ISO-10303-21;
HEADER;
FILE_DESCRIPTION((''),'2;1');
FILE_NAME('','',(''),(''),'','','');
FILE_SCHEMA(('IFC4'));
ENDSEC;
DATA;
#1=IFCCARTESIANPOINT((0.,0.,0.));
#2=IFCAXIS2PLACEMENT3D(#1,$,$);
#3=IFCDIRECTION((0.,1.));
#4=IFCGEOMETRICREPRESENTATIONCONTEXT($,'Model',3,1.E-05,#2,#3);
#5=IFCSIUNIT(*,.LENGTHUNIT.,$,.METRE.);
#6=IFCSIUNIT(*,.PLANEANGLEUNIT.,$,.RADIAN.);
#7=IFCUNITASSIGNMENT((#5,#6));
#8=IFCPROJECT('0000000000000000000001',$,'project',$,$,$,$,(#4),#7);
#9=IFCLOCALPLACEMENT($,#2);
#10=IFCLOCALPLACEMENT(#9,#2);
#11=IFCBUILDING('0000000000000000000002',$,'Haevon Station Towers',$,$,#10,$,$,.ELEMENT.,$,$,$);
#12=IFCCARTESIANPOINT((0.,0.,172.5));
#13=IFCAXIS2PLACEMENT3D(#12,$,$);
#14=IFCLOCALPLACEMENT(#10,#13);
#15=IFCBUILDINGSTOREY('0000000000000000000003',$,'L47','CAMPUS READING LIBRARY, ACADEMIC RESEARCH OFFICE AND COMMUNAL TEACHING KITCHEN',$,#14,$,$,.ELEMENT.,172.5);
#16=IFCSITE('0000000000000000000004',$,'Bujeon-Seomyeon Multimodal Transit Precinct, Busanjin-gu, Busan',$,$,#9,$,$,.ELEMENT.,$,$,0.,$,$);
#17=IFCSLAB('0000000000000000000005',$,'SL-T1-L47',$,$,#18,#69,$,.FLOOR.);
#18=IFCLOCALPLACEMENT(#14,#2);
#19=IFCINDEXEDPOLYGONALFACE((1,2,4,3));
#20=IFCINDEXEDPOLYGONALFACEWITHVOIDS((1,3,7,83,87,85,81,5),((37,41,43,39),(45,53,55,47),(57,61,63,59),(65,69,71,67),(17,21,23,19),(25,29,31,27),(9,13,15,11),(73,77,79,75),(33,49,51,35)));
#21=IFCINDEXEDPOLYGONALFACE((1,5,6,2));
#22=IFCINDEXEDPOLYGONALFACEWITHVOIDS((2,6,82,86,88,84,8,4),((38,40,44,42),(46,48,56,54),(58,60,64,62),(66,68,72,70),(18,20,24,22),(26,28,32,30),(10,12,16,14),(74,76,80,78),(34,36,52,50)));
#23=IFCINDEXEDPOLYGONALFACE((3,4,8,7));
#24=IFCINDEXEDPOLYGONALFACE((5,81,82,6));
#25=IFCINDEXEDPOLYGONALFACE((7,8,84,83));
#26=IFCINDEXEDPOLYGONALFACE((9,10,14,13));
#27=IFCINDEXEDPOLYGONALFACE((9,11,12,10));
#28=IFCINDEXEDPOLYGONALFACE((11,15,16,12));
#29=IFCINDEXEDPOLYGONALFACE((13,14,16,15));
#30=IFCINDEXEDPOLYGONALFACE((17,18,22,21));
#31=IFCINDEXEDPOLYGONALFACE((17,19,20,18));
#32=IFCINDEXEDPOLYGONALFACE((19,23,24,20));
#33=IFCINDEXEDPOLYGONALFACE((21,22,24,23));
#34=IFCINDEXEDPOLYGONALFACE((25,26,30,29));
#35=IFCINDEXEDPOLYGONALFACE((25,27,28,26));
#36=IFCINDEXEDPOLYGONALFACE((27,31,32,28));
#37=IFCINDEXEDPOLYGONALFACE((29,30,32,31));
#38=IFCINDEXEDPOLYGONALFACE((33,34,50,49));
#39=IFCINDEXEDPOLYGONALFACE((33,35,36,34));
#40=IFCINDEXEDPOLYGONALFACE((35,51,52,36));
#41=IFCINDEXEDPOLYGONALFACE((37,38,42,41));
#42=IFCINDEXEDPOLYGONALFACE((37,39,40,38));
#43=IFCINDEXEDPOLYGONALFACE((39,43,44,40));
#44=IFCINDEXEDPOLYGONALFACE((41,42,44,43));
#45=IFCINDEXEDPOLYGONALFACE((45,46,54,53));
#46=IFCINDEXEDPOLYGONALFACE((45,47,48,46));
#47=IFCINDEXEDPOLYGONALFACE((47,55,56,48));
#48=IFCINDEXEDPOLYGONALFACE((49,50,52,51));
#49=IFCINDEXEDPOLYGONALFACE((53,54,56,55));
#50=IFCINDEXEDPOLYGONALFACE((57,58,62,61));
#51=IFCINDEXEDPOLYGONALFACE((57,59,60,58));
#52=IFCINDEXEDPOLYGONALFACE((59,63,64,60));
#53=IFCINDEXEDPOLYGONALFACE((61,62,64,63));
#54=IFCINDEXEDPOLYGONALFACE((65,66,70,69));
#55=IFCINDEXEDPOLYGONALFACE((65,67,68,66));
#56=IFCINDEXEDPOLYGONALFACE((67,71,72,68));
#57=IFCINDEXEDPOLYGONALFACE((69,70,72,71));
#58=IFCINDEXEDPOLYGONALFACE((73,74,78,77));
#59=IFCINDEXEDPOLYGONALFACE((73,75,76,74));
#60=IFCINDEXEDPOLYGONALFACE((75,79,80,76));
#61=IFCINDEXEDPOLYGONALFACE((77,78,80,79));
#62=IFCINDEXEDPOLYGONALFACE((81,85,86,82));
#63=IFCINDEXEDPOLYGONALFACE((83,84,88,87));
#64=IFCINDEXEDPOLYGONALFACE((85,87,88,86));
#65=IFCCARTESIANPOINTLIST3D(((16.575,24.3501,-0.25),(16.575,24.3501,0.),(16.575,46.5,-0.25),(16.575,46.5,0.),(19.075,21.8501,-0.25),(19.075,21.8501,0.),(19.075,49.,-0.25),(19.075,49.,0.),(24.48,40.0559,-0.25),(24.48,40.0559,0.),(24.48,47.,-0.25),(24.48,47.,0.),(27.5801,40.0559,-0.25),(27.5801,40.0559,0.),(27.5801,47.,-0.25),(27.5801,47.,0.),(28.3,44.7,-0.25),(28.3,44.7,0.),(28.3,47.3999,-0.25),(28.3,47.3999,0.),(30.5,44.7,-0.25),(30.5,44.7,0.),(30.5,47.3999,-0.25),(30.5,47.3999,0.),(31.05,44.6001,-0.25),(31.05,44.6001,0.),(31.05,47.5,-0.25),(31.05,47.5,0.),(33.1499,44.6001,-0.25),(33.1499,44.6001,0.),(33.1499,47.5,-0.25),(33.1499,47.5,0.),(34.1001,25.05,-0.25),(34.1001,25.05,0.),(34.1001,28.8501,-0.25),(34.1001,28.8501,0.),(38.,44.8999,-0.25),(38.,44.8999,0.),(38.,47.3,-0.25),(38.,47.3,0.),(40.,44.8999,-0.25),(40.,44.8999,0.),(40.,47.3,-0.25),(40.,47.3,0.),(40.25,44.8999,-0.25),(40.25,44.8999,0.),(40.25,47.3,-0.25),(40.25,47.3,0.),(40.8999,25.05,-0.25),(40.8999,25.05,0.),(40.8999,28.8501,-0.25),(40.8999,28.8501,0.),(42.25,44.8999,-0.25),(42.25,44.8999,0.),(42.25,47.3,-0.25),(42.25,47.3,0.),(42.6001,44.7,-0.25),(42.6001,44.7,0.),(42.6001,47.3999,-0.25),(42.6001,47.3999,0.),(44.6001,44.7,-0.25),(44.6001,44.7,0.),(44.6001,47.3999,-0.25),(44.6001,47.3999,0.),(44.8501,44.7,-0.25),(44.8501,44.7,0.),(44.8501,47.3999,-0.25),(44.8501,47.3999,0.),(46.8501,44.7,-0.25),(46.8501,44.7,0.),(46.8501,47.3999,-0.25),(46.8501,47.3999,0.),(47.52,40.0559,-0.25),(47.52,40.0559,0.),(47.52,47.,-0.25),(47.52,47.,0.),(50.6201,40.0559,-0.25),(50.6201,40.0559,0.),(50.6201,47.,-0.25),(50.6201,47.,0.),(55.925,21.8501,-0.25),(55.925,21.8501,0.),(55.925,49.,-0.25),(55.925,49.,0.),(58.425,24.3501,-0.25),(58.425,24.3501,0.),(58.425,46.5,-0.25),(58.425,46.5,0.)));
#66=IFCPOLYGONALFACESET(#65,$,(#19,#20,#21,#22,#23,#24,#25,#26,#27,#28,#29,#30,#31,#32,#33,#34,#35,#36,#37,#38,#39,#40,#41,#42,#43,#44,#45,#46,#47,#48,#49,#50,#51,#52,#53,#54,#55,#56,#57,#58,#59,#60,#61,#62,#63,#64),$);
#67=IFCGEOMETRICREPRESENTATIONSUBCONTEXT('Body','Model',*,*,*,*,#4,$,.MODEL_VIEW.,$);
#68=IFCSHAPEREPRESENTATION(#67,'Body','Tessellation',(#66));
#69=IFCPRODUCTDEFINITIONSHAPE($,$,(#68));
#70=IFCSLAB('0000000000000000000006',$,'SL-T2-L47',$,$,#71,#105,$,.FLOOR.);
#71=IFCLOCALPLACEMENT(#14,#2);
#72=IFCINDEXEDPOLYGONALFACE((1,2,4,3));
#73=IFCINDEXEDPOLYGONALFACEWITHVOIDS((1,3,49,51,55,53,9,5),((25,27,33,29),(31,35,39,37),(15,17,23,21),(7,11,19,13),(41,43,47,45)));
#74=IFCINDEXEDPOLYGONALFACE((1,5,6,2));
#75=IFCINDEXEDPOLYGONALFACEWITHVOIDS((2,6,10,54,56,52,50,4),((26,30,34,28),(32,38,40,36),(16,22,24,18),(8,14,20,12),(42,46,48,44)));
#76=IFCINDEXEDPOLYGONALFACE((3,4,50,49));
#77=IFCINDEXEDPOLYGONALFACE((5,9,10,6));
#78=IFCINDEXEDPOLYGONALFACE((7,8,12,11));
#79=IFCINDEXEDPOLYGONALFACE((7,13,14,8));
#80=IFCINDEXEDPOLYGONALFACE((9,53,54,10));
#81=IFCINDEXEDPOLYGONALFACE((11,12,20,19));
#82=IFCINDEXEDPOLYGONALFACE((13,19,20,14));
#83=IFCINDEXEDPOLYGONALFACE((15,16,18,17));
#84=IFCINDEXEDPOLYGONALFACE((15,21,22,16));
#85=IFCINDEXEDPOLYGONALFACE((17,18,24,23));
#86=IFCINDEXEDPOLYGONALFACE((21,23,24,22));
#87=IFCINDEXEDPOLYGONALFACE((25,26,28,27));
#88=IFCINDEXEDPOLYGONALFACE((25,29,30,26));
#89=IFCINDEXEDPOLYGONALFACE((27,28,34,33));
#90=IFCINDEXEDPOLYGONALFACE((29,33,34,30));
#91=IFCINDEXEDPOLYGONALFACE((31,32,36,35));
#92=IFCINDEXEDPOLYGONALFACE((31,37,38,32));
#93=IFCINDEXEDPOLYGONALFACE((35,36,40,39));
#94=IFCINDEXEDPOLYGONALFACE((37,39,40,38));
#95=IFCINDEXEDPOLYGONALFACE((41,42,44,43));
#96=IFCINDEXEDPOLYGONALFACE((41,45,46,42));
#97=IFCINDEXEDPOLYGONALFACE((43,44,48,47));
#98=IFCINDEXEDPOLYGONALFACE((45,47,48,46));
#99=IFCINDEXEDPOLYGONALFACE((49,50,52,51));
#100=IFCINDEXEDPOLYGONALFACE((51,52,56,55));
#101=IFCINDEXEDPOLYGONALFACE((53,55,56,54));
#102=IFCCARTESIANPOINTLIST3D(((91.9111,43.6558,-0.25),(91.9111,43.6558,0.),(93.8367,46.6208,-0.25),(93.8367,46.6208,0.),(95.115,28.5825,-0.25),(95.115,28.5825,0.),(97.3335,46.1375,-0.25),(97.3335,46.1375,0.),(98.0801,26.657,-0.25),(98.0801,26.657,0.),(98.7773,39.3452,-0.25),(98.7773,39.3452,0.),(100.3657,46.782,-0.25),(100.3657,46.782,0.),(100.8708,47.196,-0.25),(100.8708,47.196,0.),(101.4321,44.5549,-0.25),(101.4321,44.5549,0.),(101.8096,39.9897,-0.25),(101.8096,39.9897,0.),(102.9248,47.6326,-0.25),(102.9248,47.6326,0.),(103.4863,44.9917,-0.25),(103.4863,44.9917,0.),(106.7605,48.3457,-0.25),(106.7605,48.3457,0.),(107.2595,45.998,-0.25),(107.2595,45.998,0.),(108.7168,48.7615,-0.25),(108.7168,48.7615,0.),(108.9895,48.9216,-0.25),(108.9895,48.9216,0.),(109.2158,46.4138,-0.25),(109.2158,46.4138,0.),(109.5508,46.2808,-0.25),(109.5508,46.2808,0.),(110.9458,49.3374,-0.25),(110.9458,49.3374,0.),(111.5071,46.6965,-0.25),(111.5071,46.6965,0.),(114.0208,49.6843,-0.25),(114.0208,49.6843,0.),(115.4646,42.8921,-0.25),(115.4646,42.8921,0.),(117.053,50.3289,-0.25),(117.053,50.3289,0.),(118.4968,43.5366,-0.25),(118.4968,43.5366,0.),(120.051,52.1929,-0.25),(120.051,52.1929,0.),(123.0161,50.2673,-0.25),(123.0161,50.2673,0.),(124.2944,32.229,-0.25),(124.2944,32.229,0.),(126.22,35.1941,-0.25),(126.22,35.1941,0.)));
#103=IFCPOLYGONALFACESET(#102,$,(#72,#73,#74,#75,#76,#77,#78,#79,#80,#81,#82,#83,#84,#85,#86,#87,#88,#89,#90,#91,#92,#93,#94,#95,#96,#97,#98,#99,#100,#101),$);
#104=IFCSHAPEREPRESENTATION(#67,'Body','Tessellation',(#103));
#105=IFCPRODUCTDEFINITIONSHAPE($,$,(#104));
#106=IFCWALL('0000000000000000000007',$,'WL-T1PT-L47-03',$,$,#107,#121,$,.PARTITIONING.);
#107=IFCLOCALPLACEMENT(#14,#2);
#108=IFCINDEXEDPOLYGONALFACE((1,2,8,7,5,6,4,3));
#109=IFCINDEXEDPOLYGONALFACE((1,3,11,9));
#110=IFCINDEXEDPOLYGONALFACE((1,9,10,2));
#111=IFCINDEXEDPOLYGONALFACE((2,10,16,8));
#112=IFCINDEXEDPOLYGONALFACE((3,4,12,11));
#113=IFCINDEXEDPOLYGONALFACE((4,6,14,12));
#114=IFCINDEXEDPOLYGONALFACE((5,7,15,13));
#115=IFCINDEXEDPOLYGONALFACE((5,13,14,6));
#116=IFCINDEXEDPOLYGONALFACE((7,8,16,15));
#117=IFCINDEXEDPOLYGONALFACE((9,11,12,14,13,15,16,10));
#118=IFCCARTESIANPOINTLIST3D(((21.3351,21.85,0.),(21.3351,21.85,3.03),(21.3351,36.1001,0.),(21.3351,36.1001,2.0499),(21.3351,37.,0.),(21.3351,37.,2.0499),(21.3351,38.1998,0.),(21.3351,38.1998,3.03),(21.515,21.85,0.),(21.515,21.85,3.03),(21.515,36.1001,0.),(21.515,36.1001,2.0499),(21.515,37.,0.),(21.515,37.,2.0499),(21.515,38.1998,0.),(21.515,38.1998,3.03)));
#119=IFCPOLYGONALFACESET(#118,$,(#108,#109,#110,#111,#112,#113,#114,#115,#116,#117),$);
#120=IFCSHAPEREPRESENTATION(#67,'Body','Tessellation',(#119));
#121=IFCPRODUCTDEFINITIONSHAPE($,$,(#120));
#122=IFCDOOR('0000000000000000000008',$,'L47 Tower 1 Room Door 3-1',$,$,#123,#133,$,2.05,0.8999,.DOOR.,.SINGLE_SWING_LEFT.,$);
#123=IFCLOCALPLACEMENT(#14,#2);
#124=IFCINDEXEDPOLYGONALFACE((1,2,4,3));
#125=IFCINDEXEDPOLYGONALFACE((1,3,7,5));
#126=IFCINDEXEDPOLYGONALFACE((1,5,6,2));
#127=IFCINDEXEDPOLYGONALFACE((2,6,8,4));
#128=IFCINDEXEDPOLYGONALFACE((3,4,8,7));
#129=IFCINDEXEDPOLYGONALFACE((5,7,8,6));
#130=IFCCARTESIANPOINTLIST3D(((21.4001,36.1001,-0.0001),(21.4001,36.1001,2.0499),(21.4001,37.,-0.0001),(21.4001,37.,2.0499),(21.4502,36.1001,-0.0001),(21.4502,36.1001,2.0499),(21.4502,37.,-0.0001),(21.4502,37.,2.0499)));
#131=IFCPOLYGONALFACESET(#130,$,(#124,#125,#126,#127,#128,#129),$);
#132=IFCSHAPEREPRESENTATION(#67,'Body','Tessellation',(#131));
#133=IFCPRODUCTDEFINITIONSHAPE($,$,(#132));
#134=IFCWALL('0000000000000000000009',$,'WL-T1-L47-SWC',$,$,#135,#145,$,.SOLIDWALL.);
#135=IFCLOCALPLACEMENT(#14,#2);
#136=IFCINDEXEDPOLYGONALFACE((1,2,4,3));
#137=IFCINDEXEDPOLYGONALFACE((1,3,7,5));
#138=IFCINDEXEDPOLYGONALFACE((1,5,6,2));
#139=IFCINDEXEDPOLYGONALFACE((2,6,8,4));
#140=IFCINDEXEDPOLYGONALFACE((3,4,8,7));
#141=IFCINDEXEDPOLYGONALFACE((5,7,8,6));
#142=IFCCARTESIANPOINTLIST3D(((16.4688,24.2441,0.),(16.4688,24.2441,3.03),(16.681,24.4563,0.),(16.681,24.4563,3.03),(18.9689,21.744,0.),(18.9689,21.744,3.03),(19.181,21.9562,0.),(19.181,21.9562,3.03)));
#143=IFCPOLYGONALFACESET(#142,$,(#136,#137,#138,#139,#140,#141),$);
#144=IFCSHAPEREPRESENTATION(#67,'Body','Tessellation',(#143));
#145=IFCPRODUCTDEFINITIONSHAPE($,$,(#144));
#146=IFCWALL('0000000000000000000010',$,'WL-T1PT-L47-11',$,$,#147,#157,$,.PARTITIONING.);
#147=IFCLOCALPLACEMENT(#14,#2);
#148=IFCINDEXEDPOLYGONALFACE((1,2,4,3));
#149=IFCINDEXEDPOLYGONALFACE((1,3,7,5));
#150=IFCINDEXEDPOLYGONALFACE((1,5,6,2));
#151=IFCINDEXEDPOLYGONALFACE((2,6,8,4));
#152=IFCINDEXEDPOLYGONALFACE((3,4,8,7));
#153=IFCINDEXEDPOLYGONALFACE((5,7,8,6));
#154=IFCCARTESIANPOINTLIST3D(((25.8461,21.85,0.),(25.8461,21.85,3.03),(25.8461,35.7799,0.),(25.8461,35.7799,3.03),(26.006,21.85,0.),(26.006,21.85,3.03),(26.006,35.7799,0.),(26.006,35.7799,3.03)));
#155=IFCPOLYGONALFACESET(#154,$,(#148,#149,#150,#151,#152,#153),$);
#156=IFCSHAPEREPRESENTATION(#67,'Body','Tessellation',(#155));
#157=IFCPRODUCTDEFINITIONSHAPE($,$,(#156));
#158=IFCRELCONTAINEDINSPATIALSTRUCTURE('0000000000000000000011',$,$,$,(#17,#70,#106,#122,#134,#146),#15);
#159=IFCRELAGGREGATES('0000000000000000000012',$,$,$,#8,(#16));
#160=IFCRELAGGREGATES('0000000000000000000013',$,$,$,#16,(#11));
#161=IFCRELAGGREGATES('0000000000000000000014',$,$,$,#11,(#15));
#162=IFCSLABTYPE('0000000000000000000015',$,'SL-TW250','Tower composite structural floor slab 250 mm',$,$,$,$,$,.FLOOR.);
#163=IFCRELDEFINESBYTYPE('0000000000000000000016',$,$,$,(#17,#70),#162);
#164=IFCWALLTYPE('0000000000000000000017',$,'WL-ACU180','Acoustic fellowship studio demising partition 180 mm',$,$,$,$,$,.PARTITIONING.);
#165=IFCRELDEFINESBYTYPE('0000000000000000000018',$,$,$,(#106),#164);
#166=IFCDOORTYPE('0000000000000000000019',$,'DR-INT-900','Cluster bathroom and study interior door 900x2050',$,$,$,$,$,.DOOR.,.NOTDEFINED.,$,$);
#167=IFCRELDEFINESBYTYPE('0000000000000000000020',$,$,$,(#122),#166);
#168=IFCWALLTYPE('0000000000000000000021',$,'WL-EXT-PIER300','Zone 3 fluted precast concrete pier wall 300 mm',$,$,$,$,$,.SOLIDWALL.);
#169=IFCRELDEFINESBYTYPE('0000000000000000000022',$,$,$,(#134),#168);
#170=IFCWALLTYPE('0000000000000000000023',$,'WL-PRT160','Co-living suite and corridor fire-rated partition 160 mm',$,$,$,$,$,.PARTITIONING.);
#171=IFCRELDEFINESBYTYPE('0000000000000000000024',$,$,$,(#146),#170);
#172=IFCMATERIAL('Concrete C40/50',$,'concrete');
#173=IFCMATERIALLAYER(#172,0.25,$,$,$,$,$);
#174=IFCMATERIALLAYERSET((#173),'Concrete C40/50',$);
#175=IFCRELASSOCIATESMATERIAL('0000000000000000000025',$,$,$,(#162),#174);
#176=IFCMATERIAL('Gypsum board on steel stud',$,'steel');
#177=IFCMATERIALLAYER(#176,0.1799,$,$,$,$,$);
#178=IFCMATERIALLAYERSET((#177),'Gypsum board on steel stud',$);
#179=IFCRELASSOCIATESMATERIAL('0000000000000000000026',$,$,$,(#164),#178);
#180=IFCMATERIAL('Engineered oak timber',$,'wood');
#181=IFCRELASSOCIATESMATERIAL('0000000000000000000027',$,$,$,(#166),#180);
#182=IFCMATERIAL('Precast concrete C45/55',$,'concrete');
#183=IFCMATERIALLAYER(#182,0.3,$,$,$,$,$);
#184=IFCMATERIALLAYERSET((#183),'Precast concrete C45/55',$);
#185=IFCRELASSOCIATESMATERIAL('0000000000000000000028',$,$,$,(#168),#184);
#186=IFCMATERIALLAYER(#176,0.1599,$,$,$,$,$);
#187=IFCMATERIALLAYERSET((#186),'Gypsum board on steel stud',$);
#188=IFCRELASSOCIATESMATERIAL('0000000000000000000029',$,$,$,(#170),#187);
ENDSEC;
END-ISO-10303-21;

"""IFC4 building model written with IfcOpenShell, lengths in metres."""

from ifc_helpers import new_model, si_unit, direction, frame, frame_2d, origin, place, context, subcontext, project, spatial, polyline, rectangle, outline, extrude, material, layer, layer_set, type_object, element, fill, save


model = new_model("IFC4")

# Units and contexts
model_context = context("Model", 3, precision=1e-05, world=origin(), true_north=direction((0.0, 1.0)))
body_context = subcontext(model_context, "Body", "Model", "MODEL_VIEW")
ifc_project = project(units=[si_unit("LENGTHUNIT", "METRE"), si_unit("PLANEANGLEUNIT", "RADIAN")], contexts=[model_context])

# Site, building, storey
site_placement = place(None, origin())
site = spatial("IfcSite", under=ifc_project, at=site_placement, Name="Bujeon-Seomyeon Multimodal Transit Precinct, Busanjin-gu, Busan", CompositionType="ELEMENT", RefElevation=0.0)
building_placement = place(site_placement, origin())
building = spatial("IfcBuilding", under=site, at=building_placement, Name="Haevon Station Towers", CompositionType="ELEMENT")
storey_placement = place(building_placement, frame((0.0, 0.0, 172.5)))
storey = spatial("IfcBuildingStorey", under=building, at=storey_placement, Name="L47", Description="CAMPUS READING LIBRARY, ACADEMIC RESEARCH OFFICE AND COMMUNAL TEACHING KITCHEN", CompositionType="ELEMENT", Elevation=172.5)

# Shared definitions
ifc_material_1 = material(Name="Concrete C40/50", Category="concrete")

# Slabs
ifc_layer_1 = layer(ifc_material_1, 0.25)
ifc_layer_set_1 = layer_set([ifc_layer_1], Name="Concrete C40/50")
slab_type_1 = type_object("IfcSlabType", Name="SL-TW250", Description="Tower composite structural floor slab 250 mm", PredefinedType="FLOOR", material=ifc_layer_set_1)
slab_1_placement = place(storey_placement, frame((0.0, 0.0, -0.25)))
element("IfcSlab", 1, at=slab_1_placement, inside=storey, type_object=slab_type_1, Name="SL-T1-L47", PredefinedType="FLOOR", context=body_context, shape_type="SweptSolid", body=[
    extrude(outline(polyline([(19.075, 21.8501), (55.925, 21.8501), (58.425, 24.3501), (58.425, 46.5), (55.925, 49.0), (19.075, 49.0), (16.575, 46.5), (16.575, 24.3501), (19.075, 21.8501)]), holes=[polyline([(27.5801, 40.0559), (27.5801, 47.0), (24.48, 47.0), (24.48, 40.0559), (27.5801, 40.0559)]), polyline([(50.6201, 40.0559), (50.6201, 47.0), (47.52, 47.0), (47.52, 40.0559), (50.6201, 40.0559)]), polyline([(28.3, 44.7), (30.5, 44.7), (30.5, 47.3999), (28.3, 47.3999), (28.3, 44.7)]), polyline([(31.05, 44.6001), (33.1499, 44.6001), (33.1499, 47.5), (31.05, 47.5), (31.05, 44.6001)]), polyline([(38.0, 44.8999), (40.0, 44.8999), (40.0, 47.3), (38.0, 47.3), (38.0, 44.8999)]), polyline([(40.25, 44.8999), (42.25, 44.8999), (42.25, 47.3), (40.25, 47.3), (40.25, 44.8999)]), polyline([(42.6001, 44.7), (44.6001, 44.7), (44.6001, 47.3999), (42.6001, 47.3999), (42.6001, 44.7)]), polyline([(44.8501, 44.7), (46.8501, 44.7), (46.8501, 47.3999), (44.8501, 47.3999), (44.8501, 44.7)]), polyline([(34.1001, 25.05), (40.8999, 25.05), (40.8999, 28.8501), (34.1001, 28.8501), (34.1001, 25.05)])]), origin(), (0.0, 0.0, 1.0), 0.25),
])
slab_2_placement = place(storey_placement, frame((0.0, 0.0, -0.25)))
element("IfcSlab", 2, at=slab_2_placement, inside=storey, type_object=slab_type_1, Name="SL-T2-L47", PredefinedType="FLOOR", context=body_context, shape_type="SweptSolid", body=[
    extrude(outline(polyline([(98.0801, 26.657), (124.2944, 32.229), (126.22, 35.1941), (123.0161, 50.2673), (120.051, 52.1929), (93.8367, 46.6208), (91.9111, 43.6558), (95.115, 28.5825), (98.0801, 26.657)]), holes=[polyline([(101.8096, 39.9897), (100.3657, 46.782), (97.3335, 46.1375), (98.7773, 39.3452), (101.8096, 39.9897)]), polyline([(118.4968, 43.5366), (117.053, 50.3289), (114.0208, 49.6843), (115.4646, 42.8921), (118.4968, 43.5366)]), polyline([(101.4321, 44.5549), (103.4863, 44.9917), (102.9248, 47.6326), (100.8708, 47.196), (101.4321, 44.5549)]), polyline([(107.2595, 45.998), (109.2158, 46.4138), (108.7168, 48.7615), (106.7605, 48.3457), (107.2595, 45.998)]), polyline([(109.5508, 46.2808), (111.5071, 46.6965), (110.9458, 49.3374), (108.9895, 48.9216), (109.5508, 46.2808)])]), origin(), (0.0, 0.0, 1.0), 0.25),
])

# Wall, opening, door
ifc_material_2 = material(Name="Gypsum board on steel stud", Category="steel")
ifc_layer_2 = layer(ifc_material_2, 0.1799)
ifc_layer_set_2 = layer_set([ifc_layer_2], Name="Gypsum board on steel stud")
wall_type_1 = type_object("IfcWallType", Name="WL-ACU180", Description="Acoustic fellowship studio demising partition 180 mm", PredefinedType="PARTITIONING", material=ifc_layer_set_2)
wall_1_placement = place(storey_placement, frame((21.425, 21.8501, 0.0), z_axis=(0.0, 0.0, 1.0), x_axis=(0.0, 1.0, 0.0)))
wall_1 = element("IfcWall", 3, at=wall_1_placement, inside=storey, type_object=wall_type_1, Name="WL-T1PT-L47-03", PredefinedType="PARTITIONING", context=body_context, shape_type="SweptSolid", body=[
    extrude(rectangle(XDim=16.3499, YDim=0.1799, at=frame_2d((8.1748, 0.0))), origin(), (0.0, 0.0, 1.0), 3.03),
])
opening_placement = place(wall_1_placement, frame((14.25, 0.0, 0.0)))
opening = element("IfcOpeningElement", 4, at=opening_placement, cuts=wall_1, PredefinedType="OPENING", context=body_context, shape_type="SweptSolid", body=[
    extrude(rectangle(XDim=0.8999, YDim=2.05, at=frame_2d((0.45, 1.0249))), frame((0.0, 0.0999, 0.0), z_axis=(0.0, -1.0, 0.0), x_axis=(1.0, 0.0, 0.0)), (0.0, 0.0, 1.0), 0.2),
])
ifc_material_3 = material(Name="Engineered oak timber", Category="wood")
door_type = type_object("IfcDoorType", Name="DR-INT-900", Description="Cluster bathroom and study interior door 900x2050", OperationType="NOTDEFINED", PredefinedType="DOOR", material=ifc_material_3)
door_placement = place(opening_placement, origin())
door = element("IfcDoor", 5, at=door_placement, inside=storey, type_object=door_type, Name="L47 Tower 1 Room Door 3-1", OperationType="SINGLE_SWING_LEFT", OverallHeight=2.05, OverallWidth=0.8999, PredefinedType="DOOR", context=body_context, shape_type="SweptSolid", body=[
    extrude(rectangle(XDim=0.8999, YDim=2.05, at=frame_2d((0.45, 1.0249))), frame((0.0, 0.0249, 0.0), z_axis=(0.0, -1.0, 0.0), x_axis=(1.0, 0.0, 0.0)), (0.0, 0.0, 1.0), 0.05),
])
fill(opening, door)

# Walls
ifc_material_4 = material(Name="Precast concrete C45/55", Category="concrete")
ifc_layer_3 = layer(ifc_material_4, 0.3)
ifc_layer_set_3 = layer_set([ifc_layer_3], Name="Precast concrete C45/55")
wall_type_2 = type_object("IfcWallType", Name="WL-EXT-PIER300", Description="Zone 3 fluted precast concrete pier wall 300 mm", PredefinedType="SOLIDWALL", material=ifc_layer_set_3)
wall_2_placement = place(storey_placement, frame((19.075, 21.8501, 0.0), z_axis=(0.0, 0.0, 1.0), x_axis=(-0.707107, 0.707107, 0.0)))
element("IfcWall", 6, at=wall_2_placement, inside=storey, type_object=wall_type_2, Name="WL-T1-L47-SWC", PredefinedType="SOLIDWALL", context=body_context, shape_type="SweptSolid", body=[
    extrude(rectangle(XDim=3.5356, YDim=0.3, at=frame_2d((1.7678, 0.0))), origin(), (0.0, 0.0, 1.0), 3.03),
])
ifc_layer_4 = layer(ifc_material_2, 0.1599)
ifc_layer_set_4 = layer_set([ifc_layer_4], Name="Gypsum board on steel stud")
wall_type_3 = type_object("IfcWallType", Name="WL-PRT160", Description="Co-living suite and corridor fire-rated partition 160 mm", PredefinedType="PARTITIONING", material=ifc_layer_set_4)
wall_3_placement = place(storey_placement, frame((25.926, 21.8501, 0.0), z_axis=(0.0, 0.0, 1.0), x_axis=(0.0, 1.0, 0.0)))
element("IfcWall", 7, at=wall_3_placement, inside=storey, type_object=wall_type_3, Name="WL-T1PT-L47-11", PredefinedType="PARTITIONING", context=body_context, shape_type="SweptSolid", body=[
    extrude(rectangle(XDim=13.9299, YDim=0.1599, at=frame_2d((6.9648, 0.0))), origin(), (0.0, 0.0, 1.0), 3.03),
])

save(model, "model.ifc")
